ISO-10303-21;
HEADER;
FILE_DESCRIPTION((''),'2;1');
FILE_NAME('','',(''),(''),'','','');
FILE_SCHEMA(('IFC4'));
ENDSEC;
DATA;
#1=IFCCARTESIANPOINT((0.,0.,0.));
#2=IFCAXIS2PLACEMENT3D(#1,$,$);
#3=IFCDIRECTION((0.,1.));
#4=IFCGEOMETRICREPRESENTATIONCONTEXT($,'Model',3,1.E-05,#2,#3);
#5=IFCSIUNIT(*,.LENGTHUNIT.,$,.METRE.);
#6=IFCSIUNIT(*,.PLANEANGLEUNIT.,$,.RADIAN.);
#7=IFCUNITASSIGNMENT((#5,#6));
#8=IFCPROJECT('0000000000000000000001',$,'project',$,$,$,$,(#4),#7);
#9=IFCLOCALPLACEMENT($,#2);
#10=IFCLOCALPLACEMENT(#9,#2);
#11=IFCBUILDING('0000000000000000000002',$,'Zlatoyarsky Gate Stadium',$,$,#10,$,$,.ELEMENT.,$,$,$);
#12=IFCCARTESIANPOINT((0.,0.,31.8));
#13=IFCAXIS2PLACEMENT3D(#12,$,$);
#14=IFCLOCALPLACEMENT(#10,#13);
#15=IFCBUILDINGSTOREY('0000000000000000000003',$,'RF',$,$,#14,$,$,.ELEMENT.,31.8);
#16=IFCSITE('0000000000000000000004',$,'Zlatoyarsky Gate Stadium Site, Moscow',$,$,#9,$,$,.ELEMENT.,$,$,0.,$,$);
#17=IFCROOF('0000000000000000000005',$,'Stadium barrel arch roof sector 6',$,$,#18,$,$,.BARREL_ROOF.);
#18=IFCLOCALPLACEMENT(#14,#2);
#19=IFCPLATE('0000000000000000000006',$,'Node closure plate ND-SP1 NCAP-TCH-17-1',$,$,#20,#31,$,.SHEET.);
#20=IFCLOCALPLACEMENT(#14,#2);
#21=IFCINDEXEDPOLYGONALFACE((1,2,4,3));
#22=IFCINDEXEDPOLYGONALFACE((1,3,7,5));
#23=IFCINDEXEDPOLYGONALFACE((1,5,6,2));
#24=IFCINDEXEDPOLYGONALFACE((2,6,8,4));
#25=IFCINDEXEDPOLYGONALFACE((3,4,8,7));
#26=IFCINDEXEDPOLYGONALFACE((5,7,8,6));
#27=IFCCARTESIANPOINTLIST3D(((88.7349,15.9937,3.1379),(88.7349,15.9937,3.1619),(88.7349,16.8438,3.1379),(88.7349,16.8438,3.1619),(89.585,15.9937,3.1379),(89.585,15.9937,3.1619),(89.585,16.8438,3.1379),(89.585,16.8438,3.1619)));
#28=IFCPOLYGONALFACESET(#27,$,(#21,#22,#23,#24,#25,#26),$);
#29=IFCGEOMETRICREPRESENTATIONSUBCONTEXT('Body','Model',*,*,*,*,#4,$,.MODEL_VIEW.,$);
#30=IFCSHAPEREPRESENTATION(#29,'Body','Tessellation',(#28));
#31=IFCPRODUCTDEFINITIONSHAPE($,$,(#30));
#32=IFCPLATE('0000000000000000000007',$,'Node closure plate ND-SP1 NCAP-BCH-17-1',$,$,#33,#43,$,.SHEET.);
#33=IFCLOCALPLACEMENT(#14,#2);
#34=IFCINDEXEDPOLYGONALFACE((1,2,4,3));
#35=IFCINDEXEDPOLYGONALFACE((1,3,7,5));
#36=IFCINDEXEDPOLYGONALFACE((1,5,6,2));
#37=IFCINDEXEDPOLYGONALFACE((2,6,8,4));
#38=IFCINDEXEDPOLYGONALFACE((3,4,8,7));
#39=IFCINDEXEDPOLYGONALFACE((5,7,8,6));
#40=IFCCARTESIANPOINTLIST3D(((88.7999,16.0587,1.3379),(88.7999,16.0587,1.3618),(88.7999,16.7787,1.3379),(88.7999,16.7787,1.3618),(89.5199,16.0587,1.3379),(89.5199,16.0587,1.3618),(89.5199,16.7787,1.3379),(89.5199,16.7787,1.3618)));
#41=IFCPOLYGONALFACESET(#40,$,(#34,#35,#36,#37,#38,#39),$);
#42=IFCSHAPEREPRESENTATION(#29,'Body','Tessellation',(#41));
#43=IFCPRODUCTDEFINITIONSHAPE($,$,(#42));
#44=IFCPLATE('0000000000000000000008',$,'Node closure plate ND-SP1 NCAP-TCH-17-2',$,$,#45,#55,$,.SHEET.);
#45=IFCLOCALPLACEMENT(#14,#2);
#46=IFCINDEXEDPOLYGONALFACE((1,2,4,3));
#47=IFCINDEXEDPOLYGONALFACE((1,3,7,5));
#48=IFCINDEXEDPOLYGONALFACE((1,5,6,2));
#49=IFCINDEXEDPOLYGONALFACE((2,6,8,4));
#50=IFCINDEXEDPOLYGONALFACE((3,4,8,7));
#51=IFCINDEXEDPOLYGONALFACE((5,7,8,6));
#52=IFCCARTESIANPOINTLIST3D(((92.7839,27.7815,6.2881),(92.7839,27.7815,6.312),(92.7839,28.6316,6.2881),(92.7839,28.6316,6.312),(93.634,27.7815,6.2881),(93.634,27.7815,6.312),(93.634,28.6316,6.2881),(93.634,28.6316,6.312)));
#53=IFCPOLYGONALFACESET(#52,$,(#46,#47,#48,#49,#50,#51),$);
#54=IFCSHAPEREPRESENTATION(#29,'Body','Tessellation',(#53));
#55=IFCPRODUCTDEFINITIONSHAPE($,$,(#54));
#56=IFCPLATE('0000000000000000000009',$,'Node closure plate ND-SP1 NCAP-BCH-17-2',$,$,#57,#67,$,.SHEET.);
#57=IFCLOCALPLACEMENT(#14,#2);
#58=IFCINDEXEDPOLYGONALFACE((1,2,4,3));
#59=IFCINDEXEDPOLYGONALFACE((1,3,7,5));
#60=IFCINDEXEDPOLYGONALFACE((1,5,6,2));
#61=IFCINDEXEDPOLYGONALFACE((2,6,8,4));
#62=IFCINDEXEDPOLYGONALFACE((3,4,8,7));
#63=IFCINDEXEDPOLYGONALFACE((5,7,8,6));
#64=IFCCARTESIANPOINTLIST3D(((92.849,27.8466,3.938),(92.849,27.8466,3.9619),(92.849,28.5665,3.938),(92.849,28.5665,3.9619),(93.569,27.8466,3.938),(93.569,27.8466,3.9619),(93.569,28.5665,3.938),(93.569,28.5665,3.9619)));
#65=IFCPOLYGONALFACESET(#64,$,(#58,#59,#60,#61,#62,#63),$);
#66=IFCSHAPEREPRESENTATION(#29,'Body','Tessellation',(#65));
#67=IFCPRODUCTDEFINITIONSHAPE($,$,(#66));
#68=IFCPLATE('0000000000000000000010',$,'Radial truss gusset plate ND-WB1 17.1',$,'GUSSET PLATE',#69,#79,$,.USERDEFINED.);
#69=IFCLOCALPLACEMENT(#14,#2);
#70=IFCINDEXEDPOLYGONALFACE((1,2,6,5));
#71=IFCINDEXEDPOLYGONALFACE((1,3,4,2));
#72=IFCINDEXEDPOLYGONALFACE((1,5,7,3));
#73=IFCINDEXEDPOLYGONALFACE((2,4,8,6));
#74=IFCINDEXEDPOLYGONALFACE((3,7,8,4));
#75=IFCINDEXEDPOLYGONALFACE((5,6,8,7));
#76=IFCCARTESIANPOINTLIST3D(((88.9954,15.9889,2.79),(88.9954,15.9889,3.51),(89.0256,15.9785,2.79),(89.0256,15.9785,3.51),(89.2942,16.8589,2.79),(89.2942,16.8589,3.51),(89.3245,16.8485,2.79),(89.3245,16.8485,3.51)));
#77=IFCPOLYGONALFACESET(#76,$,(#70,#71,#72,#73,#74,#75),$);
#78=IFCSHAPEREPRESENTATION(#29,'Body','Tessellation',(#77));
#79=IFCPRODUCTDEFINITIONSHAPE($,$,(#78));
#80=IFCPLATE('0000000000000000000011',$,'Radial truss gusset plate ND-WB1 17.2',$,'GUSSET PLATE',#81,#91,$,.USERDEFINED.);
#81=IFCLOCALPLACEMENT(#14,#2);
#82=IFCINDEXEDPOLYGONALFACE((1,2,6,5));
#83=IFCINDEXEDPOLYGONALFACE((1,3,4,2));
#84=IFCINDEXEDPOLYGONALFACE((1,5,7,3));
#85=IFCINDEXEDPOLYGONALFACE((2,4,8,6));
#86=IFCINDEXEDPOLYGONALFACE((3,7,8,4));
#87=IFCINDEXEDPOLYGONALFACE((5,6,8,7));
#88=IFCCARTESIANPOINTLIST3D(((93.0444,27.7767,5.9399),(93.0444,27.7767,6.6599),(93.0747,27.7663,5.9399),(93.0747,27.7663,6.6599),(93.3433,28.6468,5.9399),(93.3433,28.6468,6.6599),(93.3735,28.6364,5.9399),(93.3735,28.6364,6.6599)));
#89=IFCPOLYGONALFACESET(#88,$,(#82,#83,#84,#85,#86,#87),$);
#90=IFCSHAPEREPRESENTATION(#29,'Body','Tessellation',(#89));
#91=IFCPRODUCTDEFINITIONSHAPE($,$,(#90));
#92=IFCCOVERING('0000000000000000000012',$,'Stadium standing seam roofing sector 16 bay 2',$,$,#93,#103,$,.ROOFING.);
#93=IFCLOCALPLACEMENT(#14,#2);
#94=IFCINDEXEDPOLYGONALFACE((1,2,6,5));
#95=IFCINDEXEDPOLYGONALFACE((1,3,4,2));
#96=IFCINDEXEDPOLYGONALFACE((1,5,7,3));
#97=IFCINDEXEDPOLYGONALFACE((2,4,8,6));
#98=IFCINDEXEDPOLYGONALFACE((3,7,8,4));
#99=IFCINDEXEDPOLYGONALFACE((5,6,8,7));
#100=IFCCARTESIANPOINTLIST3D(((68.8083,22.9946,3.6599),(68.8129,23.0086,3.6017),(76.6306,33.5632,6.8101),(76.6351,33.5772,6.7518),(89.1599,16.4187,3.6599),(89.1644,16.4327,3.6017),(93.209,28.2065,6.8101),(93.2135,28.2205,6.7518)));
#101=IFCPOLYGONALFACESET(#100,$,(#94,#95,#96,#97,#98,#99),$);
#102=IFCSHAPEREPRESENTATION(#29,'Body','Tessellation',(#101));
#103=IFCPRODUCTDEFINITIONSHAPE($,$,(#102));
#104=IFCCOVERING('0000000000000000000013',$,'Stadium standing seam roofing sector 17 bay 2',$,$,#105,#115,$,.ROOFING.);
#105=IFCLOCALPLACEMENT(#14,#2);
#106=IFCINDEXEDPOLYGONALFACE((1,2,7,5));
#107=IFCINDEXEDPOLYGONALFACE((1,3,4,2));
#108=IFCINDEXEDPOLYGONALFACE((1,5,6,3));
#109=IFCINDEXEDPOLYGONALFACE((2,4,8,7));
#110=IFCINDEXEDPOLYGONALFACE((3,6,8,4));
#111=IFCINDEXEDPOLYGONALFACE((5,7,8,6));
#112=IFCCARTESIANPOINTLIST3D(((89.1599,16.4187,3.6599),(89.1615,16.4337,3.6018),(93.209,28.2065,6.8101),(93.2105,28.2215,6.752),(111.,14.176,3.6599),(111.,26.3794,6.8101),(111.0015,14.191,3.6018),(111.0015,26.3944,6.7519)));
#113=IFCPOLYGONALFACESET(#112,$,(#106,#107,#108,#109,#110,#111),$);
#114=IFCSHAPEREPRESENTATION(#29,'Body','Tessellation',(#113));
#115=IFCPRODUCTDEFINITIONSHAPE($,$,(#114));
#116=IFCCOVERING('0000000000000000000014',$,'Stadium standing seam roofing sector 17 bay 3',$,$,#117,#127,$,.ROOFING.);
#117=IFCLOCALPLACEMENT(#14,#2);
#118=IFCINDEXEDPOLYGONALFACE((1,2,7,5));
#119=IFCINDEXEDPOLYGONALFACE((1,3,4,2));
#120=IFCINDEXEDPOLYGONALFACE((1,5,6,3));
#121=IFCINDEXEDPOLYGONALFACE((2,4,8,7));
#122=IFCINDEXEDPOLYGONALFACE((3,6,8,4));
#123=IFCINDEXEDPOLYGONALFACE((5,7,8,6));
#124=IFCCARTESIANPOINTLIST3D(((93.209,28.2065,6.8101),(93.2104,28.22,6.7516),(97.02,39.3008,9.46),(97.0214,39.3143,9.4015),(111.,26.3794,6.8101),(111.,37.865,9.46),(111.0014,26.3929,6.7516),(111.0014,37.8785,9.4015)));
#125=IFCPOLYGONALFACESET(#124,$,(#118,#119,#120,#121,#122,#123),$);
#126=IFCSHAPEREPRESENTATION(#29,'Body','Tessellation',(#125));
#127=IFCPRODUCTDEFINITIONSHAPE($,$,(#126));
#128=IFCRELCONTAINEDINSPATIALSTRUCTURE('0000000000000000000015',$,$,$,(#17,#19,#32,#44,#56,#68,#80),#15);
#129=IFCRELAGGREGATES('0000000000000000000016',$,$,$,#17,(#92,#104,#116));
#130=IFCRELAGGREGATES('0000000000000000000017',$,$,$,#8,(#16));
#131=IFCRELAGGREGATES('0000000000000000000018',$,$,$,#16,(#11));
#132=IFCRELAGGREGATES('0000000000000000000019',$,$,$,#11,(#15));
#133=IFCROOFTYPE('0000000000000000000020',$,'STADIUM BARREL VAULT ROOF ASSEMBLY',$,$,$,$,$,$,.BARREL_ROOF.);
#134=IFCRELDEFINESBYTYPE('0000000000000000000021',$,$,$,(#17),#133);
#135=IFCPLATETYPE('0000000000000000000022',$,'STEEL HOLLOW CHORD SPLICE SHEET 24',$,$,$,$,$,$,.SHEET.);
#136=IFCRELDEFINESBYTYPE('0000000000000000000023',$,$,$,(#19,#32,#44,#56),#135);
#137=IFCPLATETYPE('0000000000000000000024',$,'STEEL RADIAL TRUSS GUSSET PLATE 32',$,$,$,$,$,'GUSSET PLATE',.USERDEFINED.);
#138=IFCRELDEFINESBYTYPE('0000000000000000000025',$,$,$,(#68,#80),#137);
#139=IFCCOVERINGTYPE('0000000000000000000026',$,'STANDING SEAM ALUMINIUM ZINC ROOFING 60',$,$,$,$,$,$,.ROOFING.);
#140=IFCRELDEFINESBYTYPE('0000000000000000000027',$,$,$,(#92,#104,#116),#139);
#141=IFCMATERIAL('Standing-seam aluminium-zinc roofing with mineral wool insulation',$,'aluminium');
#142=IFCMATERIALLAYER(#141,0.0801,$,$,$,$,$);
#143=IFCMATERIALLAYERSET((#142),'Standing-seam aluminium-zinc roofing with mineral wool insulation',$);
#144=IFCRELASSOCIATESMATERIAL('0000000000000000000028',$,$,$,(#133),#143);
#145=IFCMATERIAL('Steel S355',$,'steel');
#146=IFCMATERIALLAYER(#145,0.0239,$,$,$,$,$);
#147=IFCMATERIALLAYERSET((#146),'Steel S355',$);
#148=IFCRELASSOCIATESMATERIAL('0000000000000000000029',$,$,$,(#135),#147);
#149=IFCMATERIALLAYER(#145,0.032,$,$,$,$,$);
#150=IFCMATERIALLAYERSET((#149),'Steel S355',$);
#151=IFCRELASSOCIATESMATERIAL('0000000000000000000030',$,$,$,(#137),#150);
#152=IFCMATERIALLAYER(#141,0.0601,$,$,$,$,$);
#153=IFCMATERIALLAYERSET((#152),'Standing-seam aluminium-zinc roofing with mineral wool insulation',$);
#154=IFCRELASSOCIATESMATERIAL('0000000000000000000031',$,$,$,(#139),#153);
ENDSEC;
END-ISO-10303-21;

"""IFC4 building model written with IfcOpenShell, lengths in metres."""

from ifc_helpers import new_model, si_unit, direction, frame, origin, origin_2d, place, context, subcontext, project, spatial, polyline, rectangle, outline, extrude, material, layer, layer_set, type_object, element, aggregate, save


model = new_model("IFC4")

# Units and contexts
model_context = context("Model", 3, precision=1e-05, world=origin(), true_north=direction((0.0, 1.0)))
body_context = subcontext(model_context, "Body", "Model", "MODEL_VIEW")
ifc_project = project(units=[si_unit("LENGTHUNIT", "METRE"), si_unit("PLANEANGLEUNIT", "RADIAN")], contexts=[model_context])

# Site, building, storey
site_placement = place(None, origin())
site = spatial("IfcSite", under=ifc_project, at=site_placement, Name="Zlatoyarsky Gate Stadium Site, Moscow", CompositionType="ELEMENT", RefElevation=0.0)
building_placement = place(site_placement, origin())
building = spatial("IfcBuilding", under=site, at=building_placement, Name="Zlatoyarsky Gate Stadium", CompositionType="ELEMENT")
storey_placement = place(building_placement, frame((0.0, 0.0, 31.8)))
storey = spatial("IfcBuildingStorey", under=building, at=storey_placement, Name="RF", CompositionType="ELEMENT", Elevation=31.8)

# Shared definitions
ifc_material_1 = material(Name="Steel S355", Category="steel")

# Roof
ifc_material_2 = material(Name="Standing-seam aluminium-zinc roofing with mineral wool insulation", Category="aluminium")
ifc_layer_1 = layer(ifc_material_2, 0.0801)
ifc_layer_set_1 = layer_set([ifc_layer_1], Name="Standing-seam aluminium-zinc roofing with mineral wool insulation")
roof_type = type_object("IfcRoofType", Name="STADIUM BARREL VAULT ROOF ASSEMBLY", PredefinedType="BARREL_ROOF", material=ifc_layer_set_1)
roof_placement = place(storey_placement, origin())
roof = element("IfcRoof", 1, at=roof_placement, inside=storey, type_object=roof_type, Name="Stadium barrel arch roof sector 6", PredefinedType="BARREL_ROOF")

# Plates
ifc_layer_2 = layer(ifc_material_1, 0.0239)
ifc_layer_set_2 = layer_set([ifc_layer_2], Name="Steel S355")
plate_type_1 = type_object("IfcPlateType", Name="STEEL HOLLOW CHORD SPLICE SHEET 24", PredefinedType="SHEET", material=ifc_layer_set_2)
plate_1_placement = place(storey_placement, frame((89.1599, 16.4187, 3.1379), z_axis=(0.0, 0.0, 1.0), x_axis=(1.0, 0.0, 0.0)))
element("IfcPlate", 2, at=plate_1_placement, inside=storey, type_object=plate_type_1, Name="Node closure plate ND-SP1 NCAP-TCH-17-1", PredefinedType="SHEET", context=body_context, shape_type="SweptSolid", body=[
    extrude(rectangle(XDim=0.8501, YDim=0.8501, at=origin_2d()), origin(), (0.0, 0.0, 1.0), 0.0239),
])
plate_2_placement = place(storey_placement, frame((89.1599, 16.4187, 1.3379), z_axis=(0.0, 0.0, 1.0), x_axis=(1.0, 0.0, 0.0)))
element("IfcPlate", 3, at=plate_2_placement, inside=storey, type_object=plate_type_1, Name="Node closure plate ND-SP1 NCAP-BCH-17-1", PredefinedType="SHEET", context=body_context, shape_type="SweptSolid", body=[
    extrude(rectangle(XDim=0.72, YDim=0.72, at=origin_2d()), origin(), (0.0, 0.0, 1.0), 0.0239),
])
plate_3_placement = place(storey_placement, frame((93.209, 28.2065, 6.2881), z_axis=(0.0, 0.0, 1.0), x_axis=(1.0, 0.0, 0.0)))
element("IfcPlate", 4, at=plate_3_placement, inside=storey, type_object=plate_type_1, Name="Node closure plate ND-SP1 NCAP-TCH-17-2", PredefinedType="SHEET", context=body_context, shape_type="SweptSolid", body=[
    extrude(rectangle(XDim=0.8501, YDim=0.8501, at=origin_2d()), origin(), (0.0, 0.0, 1.0), 0.0239),
])
plate_4_placement = place(storey_placement, frame((93.209, 28.2065, 3.938), z_axis=(0.0, 0.0, 1.0), x_axis=(1.0, 0.0, 0.0)))
element("IfcPlate", 5, at=plate_4_placement, inside=storey, type_object=plate_type_1, Name="Node closure plate ND-SP1 NCAP-BCH-17-2", PredefinedType="SHEET", context=body_context, shape_type="SweptSolid", body=[
    extrude(rectangle(XDim=0.72, YDim=0.72, at=origin_2d()), origin(), (0.0, 0.0, 1.0), 0.0239),
])
ifc_layer_3 = layer(ifc_material_1, 0.032)
ifc_layer_set_3 = layer_set([ifc_layer_3], Name="Steel S355")
plate_type_2 = type_object("IfcPlateType", Name="STEEL RADIAL TRUSS GUSSET PLATE 32", ElementType="GUSSET PLATE", PredefinedType="USERDEFINED", material=ifc_layer_set_3)
for number, where, z_axis, x_axis, name in (
    (6, (89.1599, 16.4187, 2.79), (0.0, 0.0, 1.0), (0.324867, 0.94576, 0.0), "Radial truss gusset plate ND-WB1 17.1"),
    (7, (93.209, 28.2065, 5.9399), (0.0, 0.0, 1.0), (0.324867, 0.94576, 0.0), "Radial truss gusset plate ND-WB1 17.2"),
):
    element("IfcPlate", number, at=place(storey_placement, frame(where, z_axis=z_axis, x_axis=x_axis)), inside=storey, type_object=plate_type_2, Name=name, ObjectType="GUSSET PLATE", PredefinedType="USERDEFINED", context=body_context, shape_type="SweptSolid", body=[
        extrude(rectangle(XDim=0.9199, YDim=0.032, at=origin_2d()), origin(), (0.0, 0.0, 1.0), 0.72),
    ])

# Coverings
ifc_layer_4 = layer(ifc_material_2, 0.0601)
ifc_layer_set_4 = layer_set([ifc_layer_4], Name="Standing-seam aluminium-zinc roofing with mineral wool insulation")
covering_type = type_object("IfcCoveringType", Name="STANDING SEAM ALUMINIUM ZINC ROOFING 60", PredefinedType="ROOFING", material=ifc_layer_set_4)
covering_1_placement = place(storey_placement, frame((68.8083, 22.9946, 3.6599), z_axis=(-0.075352, -0.233205, 0.969504), x_axis=(0.95156, -0.307465, 0.0)))
covering_1 = element("IfcCovering", 8, at=covering_1_placement, type_object=covering_type, Name="Stadium standing seam roofing sector 16 bay 2", PredefinedType="ROOFING", context=body_context, shape_type="SweptSolid", body=[
    extrude(outline(polyline([(0.0, 0.0), (21.3876, 0.0), (21.6162, 12.8538), (4.1939, 12.8537), (0.0, 0.0)])), origin(), (0.0, 0.0, -1.0), 0.0601),
])
covering_2_placement = place(storey_placement, frame((89.1599, 16.4187, 3.6599), z_axis=(-0.025659, -0.249859, 0.967942), x_axis=(0.994769, -0.102149, 0.000002)))
covering_2 = element("IfcCovering", 9, at=covering_2_placement, type_object=covering_type, Name="Stadium standing seam roofing sector 17 bay 2", PredefinedType="ROOFING", context=body_context, shape_type="SweptSolid", body=[
    extrude(outline(polyline([(0.0, 0.0), (21.9549, 0.0), (20.7084, 12.5416), (2.8238, 12.5418), (0.0, 0.0)])), origin(), (0.0, 0.0, -1.0), 0.0601),
])
covering_3_placement = place(storey_placement, frame((93.209, 28.2065, 6.8101), z_axis=(-0.023082, -0.224749, 0.974143), x_axis=(0.994768, -0.102163, 0.0)))
covering_3 = element("IfcCovering", 10, at=covering_3_placement, type_object=covering_type, Name="Stadium standing seam roofing sector 17 bay 3", PredefinedType="ROOFING", context=body_context, shape_type="SweptSolid", body=[
    extrude(outline(polyline([(0.0, 0.0), (17.8846, 0.0), (16.7112, 11.7288), (2.6577, 11.7288), (0.0, 0.0)])), origin(), (0.0, 0.0, -1.0), 0.0601),
])
aggregate(roof, [covering_1, covering_2, covering_3])

save(model, "model.ifc")
